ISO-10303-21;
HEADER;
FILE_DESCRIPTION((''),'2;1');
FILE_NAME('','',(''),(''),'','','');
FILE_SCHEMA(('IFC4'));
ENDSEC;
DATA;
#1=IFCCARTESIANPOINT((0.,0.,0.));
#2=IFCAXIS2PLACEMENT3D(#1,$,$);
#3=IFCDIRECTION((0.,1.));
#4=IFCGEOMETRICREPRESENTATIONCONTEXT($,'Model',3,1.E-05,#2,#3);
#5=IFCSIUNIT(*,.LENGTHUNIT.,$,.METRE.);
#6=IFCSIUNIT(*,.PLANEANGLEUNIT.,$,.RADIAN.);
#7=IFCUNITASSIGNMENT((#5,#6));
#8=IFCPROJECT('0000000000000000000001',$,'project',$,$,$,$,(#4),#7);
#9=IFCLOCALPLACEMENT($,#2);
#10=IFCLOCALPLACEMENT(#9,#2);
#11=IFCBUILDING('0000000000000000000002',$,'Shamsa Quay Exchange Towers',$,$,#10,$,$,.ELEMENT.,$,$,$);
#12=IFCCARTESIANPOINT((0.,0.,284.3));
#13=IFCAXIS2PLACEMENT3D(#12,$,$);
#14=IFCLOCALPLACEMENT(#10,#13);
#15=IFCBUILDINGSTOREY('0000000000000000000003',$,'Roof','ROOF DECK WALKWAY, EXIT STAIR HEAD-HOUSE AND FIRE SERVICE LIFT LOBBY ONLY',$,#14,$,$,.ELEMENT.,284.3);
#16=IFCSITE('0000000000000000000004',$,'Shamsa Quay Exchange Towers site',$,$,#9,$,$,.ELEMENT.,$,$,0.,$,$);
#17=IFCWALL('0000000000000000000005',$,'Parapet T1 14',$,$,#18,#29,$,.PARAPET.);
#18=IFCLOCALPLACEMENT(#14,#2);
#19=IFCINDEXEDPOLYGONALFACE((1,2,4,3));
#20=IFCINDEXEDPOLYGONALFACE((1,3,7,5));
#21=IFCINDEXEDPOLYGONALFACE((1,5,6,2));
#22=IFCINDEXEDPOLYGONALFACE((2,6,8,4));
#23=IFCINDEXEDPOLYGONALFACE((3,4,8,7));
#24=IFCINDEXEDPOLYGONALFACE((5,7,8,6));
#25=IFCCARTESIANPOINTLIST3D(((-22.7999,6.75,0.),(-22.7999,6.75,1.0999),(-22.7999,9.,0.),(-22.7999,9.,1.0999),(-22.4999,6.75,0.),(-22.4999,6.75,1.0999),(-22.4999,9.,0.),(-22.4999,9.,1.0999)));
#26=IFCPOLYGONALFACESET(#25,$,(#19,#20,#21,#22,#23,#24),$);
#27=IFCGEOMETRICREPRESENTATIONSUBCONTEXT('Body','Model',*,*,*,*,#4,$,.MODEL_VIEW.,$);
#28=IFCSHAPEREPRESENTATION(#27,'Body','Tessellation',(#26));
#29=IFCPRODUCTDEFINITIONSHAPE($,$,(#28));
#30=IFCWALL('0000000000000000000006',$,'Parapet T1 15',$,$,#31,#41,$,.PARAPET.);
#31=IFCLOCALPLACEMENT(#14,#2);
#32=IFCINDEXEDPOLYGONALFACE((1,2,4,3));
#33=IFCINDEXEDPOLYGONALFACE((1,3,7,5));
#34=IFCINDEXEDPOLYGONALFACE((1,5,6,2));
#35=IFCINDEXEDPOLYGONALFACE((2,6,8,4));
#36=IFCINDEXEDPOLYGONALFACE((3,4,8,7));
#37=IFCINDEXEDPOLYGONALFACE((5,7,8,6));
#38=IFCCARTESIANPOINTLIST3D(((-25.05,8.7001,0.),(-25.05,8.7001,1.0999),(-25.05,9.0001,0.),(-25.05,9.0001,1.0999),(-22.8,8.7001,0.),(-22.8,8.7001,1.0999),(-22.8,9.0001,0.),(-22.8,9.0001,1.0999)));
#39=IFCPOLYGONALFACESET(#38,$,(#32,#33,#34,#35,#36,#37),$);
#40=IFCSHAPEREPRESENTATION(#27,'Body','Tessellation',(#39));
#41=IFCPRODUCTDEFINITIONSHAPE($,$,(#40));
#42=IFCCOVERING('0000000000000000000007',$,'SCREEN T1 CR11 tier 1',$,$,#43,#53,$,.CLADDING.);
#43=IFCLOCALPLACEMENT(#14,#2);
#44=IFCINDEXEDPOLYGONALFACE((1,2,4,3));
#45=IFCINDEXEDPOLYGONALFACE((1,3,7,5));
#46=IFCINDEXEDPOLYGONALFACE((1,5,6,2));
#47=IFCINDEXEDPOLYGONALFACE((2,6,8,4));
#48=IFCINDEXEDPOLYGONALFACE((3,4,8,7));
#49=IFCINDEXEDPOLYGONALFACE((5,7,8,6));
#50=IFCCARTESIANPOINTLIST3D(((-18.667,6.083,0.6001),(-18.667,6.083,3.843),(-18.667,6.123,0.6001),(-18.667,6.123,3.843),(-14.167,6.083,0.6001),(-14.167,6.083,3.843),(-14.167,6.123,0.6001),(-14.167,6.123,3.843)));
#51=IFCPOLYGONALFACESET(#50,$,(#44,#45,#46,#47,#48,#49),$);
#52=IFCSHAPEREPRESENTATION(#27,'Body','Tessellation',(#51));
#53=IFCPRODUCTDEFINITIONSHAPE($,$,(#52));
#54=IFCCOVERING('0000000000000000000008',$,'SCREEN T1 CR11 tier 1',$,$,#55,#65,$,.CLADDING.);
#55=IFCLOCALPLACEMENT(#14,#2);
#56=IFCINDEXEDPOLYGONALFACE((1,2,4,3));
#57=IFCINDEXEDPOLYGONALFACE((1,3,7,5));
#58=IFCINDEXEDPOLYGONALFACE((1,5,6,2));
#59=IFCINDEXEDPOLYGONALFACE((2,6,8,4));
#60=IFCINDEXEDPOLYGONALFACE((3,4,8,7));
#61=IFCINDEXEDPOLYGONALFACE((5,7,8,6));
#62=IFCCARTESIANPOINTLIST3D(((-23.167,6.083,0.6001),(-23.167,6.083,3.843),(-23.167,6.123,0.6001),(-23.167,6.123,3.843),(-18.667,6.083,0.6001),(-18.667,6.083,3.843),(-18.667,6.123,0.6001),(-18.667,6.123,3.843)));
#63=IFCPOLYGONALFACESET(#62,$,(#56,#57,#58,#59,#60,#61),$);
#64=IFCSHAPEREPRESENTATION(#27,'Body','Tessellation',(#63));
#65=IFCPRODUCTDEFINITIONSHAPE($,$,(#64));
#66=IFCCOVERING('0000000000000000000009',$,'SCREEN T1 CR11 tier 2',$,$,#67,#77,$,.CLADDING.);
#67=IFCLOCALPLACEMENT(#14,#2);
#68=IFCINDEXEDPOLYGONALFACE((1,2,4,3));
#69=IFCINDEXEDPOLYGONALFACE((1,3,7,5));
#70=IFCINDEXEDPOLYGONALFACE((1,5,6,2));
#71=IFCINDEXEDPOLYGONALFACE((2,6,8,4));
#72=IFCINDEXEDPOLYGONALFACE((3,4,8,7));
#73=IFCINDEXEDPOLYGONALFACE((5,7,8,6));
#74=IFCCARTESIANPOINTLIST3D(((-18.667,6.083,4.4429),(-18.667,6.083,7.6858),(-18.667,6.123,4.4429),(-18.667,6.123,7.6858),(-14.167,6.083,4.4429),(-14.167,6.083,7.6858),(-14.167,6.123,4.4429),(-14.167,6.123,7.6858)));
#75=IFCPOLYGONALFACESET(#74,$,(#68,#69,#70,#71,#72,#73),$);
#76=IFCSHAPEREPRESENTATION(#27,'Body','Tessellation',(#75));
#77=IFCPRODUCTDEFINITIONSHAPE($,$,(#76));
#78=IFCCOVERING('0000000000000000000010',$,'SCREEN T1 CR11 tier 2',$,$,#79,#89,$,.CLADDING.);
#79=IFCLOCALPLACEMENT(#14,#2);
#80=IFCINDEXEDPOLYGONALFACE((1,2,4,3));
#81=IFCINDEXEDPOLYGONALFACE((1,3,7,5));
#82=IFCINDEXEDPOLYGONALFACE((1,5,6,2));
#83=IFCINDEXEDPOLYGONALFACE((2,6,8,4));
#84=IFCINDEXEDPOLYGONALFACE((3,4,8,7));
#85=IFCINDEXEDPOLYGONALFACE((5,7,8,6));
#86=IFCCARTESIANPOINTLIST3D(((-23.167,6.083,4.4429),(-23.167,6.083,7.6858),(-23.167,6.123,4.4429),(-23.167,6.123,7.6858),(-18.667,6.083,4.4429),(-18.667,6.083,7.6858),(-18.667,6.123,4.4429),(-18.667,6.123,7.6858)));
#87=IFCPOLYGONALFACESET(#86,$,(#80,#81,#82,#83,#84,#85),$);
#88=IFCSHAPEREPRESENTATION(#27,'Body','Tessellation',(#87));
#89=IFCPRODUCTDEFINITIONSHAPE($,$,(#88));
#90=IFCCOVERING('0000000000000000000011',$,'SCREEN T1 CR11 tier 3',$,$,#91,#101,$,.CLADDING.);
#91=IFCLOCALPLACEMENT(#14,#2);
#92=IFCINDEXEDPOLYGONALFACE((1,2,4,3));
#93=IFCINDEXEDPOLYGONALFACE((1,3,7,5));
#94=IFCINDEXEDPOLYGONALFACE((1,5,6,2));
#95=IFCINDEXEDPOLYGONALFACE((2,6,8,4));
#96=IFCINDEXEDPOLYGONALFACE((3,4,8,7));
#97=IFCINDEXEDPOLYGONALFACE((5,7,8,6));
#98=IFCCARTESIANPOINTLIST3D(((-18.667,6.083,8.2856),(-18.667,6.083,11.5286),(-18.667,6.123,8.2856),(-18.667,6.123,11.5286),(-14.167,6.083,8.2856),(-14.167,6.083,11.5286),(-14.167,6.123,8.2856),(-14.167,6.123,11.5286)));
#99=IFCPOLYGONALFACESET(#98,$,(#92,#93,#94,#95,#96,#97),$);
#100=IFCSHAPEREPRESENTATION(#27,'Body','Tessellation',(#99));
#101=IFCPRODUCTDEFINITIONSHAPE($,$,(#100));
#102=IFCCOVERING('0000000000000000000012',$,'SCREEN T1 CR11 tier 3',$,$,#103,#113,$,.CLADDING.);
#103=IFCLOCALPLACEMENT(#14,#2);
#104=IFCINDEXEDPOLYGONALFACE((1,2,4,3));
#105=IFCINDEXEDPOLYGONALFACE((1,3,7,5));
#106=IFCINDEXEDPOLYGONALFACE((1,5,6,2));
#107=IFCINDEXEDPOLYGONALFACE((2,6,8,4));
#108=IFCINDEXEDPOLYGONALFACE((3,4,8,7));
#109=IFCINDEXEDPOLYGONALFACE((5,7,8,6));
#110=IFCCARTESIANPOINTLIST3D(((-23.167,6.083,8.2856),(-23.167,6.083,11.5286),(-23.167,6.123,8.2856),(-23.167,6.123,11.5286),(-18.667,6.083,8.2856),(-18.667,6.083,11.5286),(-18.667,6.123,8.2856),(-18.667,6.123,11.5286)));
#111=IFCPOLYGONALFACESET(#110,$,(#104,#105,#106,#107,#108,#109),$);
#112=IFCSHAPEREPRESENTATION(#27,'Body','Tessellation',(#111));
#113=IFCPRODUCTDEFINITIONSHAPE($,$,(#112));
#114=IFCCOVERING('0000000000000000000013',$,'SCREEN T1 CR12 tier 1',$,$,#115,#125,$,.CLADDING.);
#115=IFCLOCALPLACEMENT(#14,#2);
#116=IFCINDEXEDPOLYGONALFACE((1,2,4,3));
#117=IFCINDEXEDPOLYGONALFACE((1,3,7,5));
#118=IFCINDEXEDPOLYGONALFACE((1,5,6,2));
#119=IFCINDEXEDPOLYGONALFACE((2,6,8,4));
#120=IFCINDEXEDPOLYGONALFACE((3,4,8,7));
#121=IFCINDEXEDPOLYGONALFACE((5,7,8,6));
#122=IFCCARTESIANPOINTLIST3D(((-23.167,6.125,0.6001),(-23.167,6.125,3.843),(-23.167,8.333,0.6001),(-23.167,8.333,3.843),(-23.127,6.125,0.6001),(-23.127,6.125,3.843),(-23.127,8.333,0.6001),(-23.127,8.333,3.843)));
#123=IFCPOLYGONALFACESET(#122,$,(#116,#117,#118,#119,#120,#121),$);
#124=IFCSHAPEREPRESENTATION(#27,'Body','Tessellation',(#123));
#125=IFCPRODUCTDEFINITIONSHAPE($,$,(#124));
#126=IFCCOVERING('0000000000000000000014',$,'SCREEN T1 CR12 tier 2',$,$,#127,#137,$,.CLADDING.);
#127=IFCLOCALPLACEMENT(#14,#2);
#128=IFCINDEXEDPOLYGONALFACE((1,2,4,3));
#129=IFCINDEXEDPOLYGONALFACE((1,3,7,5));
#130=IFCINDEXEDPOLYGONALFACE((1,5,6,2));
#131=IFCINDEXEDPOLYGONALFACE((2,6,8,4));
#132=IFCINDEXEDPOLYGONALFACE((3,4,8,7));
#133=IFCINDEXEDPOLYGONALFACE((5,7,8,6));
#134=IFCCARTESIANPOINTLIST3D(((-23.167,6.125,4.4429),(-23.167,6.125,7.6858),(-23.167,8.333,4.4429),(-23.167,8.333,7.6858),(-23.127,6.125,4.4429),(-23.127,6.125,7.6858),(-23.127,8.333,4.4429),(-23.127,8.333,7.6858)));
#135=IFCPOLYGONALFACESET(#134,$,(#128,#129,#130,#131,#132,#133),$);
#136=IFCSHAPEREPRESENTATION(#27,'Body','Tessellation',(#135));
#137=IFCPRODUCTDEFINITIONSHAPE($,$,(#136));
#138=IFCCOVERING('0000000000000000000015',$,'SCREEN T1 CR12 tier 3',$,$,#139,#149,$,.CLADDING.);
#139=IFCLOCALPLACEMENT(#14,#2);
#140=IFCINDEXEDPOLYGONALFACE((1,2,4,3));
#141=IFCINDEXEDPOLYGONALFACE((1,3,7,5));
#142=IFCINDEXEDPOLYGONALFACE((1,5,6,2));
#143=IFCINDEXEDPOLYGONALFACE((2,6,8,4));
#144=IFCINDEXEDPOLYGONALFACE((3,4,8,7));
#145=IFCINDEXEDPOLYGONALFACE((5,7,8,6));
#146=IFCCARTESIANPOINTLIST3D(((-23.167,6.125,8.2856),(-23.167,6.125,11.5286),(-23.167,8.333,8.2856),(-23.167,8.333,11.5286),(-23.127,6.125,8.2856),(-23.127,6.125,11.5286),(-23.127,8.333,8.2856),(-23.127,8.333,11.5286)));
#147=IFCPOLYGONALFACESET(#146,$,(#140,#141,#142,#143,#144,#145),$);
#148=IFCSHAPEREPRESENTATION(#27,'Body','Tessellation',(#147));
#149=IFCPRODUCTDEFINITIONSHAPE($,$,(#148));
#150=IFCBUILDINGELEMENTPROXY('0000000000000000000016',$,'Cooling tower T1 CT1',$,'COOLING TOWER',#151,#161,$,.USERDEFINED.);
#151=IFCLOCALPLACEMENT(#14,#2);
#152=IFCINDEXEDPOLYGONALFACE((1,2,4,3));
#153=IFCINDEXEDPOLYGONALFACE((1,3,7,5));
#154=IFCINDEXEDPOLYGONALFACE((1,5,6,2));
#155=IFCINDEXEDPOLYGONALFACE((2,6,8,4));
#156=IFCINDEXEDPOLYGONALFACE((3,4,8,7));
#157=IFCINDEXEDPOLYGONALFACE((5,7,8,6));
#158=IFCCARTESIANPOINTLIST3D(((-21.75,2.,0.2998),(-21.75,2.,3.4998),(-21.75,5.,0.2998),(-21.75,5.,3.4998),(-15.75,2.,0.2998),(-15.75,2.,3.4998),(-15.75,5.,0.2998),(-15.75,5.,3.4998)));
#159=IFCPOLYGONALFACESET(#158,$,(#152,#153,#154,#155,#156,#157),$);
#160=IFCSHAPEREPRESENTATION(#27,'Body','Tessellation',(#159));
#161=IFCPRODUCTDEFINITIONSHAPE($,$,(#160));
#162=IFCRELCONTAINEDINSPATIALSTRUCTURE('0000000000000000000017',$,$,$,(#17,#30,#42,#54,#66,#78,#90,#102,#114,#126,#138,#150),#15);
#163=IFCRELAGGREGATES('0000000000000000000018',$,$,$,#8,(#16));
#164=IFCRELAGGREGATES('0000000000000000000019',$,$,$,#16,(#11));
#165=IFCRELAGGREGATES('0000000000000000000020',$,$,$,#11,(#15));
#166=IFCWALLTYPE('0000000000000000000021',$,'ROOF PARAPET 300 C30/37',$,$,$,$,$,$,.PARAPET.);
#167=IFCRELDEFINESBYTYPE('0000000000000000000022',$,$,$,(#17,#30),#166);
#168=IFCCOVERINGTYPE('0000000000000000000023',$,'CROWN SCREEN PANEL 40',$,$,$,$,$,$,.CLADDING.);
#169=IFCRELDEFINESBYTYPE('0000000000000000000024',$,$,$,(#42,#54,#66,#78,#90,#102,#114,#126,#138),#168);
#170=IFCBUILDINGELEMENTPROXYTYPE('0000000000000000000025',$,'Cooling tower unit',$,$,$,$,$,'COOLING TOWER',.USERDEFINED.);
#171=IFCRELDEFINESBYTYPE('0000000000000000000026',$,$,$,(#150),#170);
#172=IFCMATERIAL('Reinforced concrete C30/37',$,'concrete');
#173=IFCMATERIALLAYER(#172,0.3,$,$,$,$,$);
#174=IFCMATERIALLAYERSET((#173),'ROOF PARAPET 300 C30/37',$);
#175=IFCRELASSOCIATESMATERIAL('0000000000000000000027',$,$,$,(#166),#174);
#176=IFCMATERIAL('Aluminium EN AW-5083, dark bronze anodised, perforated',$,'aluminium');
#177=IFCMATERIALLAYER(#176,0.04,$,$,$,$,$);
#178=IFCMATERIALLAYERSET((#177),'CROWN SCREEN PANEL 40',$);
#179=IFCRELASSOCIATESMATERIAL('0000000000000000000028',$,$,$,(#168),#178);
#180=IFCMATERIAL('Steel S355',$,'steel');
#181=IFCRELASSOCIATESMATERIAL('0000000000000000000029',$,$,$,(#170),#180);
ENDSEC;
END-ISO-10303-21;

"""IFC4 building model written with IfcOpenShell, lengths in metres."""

from ifc_helpers import new_model, si_unit, direction, frame, frame_2d, origin, origin_2d, place, context, subcontext, project, spatial, rectangle, extrude, material, layer, layer_set, type_object, element, save


model = new_model("IFC4")

# Units and contexts
model_context = context("Model", 3, precision=1e-05, world=origin(), true_north=direction((0.0, 1.0)))
body_context = subcontext(model_context, "Body", "Model", "MODEL_VIEW")
ifc_project = project(units=[si_unit("LENGTHUNIT", "METRE"), si_unit("PLANEANGLEUNIT", "RADIAN")], contexts=[model_context])

# Site, building, storey
site_placement = place(None, origin())
site = spatial("IfcSite", under=ifc_project, at=site_placement, Name="Shamsa Quay Exchange Towers site", CompositionType="ELEMENT", RefElevation=0.0)
building_placement = place(site_placement, origin())
building = spatial("IfcBuilding", under=site, at=building_placement, Name="Shamsa Quay Exchange Towers", CompositionType="ELEMENT")
storey_placement = place(building_placement, frame((0.0, 0.0, 284.3)))
storey = spatial("IfcBuildingStorey", under=building, at=storey_placement, Name="Roof", Description="ROOF DECK WALKWAY, EXIT STAIR HEAD-HOUSE AND FIRE SERVICE LIFT LOBBY ONLY", CompositionType="ELEMENT", Elevation=284.3)

# Shared definitions
ifc_material_1 = material(Name="Steel S355", Category="steel")

# Walls
ifc_material_2 = material(Name="Reinforced concrete C30/37", Category="concrete")
ifc_layer_1 = layer(ifc_material_2, 0.3)
ifc_layer_set_1 = layer_set([ifc_layer_1], Name="ROOF PARAPET 300 C30/37")
wall_type = type_object("IfcWallType", Name="ROOF PARAPET 300 C30/37", PredefinedType="PARAPET", material=ifc_layer_set_1)
for number, where, z_axis, x_axis, name in (
    (1, (-22.6499, 6.75, 0.0), (0.0, 0.0, 1.0), (0.0, 1.0, 0.0), "Parapet T1 14"),
    (2, (-22.8, 8.8501, 0.0), (0.0, 0.0, 1.0), (-1.0, 0.0, 0.0), "Parapet T1 15"),
):
    element("IfcWall", number, at=place(storey_placement, frame(where, z_axis=z_axis, x_axis=x_axis)), inside=storey, type_object=wall_type, Name=name, PredefinedType="PARAPET", context=body_context, shape_type="SweptSolid", body=[
        extrude(rectangle(XDim=2.25, YDim=0.3, at=frame_2d((1.125, 0.0))), origin(), (0.0, 0.0, 1.0), 1.0999),
    ])

# Coverings
ifc_material_3 = material(Name="Aluminium EN AW-5083, dark bronze anodised, perforated", Category="aluminium")
ifc_layer_2 = layer(ifc_material_3, 0.04)
ifc_layer_set_2 = layer_set([ifc_layer_2], Name="CROWN SCREEN PANEL 40")
covering_type = type_object("IfcCoveringType", Name="CROWN SCREEN PANEL 40", PredefinedType="CLADDING", material=ifc_layer_set_2)
for number, where, z_axis, x_axis, name in (
    (3, (-16.417, 6.103, 0.6001), (0.0, 0.0, 1.0), (-1.0, 0.0, 0.0), "SCREEN T1 CR11 tier 1"),
    (4, (-20.917, 6.103, 0.6001), (0.0, 0.0, 1.0), (-1.0, 0.0, 0.0), "SCREEN T1 CR11 tier 1"),
    (5, (-16.417, 6.103, 4.4429), (0.0, 0.0, 1.0), (-1.0, 0.0, 0.0), "SCREEN T1 CR11 tier 2"),
    (6, (-20.917, 6.103, 4.4429), (0.0, 0.0, 1.0), (-1.0, 0.0, 0.0), "SCREEN T1 CR11 tier 2"),
    (7, (-16.417, 6.103, 8.2856), (0.0, 0.0, 1.0), (-1.0, 0.0, 0.0), "SCREEN T1 CR11 tier 3"),
    (8, (-20.917, 6.103, 8.2856), (0.0, 0.0, 1.0), (-1.0, 0.0, 0.0), "SCREEN T1 CR11 tier 3"),
):
    element("IfcCovering", number, at=place(storey_placement, frame(where, z_axis=z_axis, x_axis=x_axis)), inside=storey, type_object=covering_type, Name=name, PredefinedType="CLADDING", context=body_context, shape_type="SweptSolid", body=[
        extrude(rectangle(XDim=4.5, YDim=0.04, at=origin_2d()), origin(), (0.0, 0.0, 1.0), 3.2429),
    ])
for number, where, z_axis, x_axis, name in (
    (9, (-23.147, 7.229, 0.6001), (0.0, 0.0, 1.0), (0.0, 1.0, 0.0), "SCREEN T1 CR12 tier 1"),
    (10, (-23.147, 7.229, 4.4429), (0.0, 0.0, 1.0), (0.0, 1.0, 0.0), "SCREEN T1 CR12 tier 2"),
    (11, (-23.147, 7.229, 8.2856), (0.0, 0.0, 1.0), (0.0, 1.0, 0.0), "SCREEN T1 CR12 tier 3"),
):
    element("IfcCovering", number, at=place(storey_placement, frame(where, z_axis=z_axis, x_axis=x_axis)), inside=storey, type_object=covering_type, Name=name, PredefinedType="CLADDING", context=body_context, shape_type="SweptSolid", body=[
        extrude(rectangle(XDim=2.208, YDim=0.04, at=origin_2d()), origin(), (0.0, 0.0, 1.0), 3.2429),
    ])

# Building element proxy
building_element_proxy_type = type_object("IfcBuildingElementProxyType", Name="Cooling tower unit", ElementType="COOLING TOWER", PredefinedType="USERDEFINED", material=ifc_material_1)
proxy_placement = place(storey_placement, frame((-18.75, 3.5, 0.2998)))
element("IfcBuildingElementProxy", 12, at=proxy_placement, inside=storey, type_object=building_element_proxy_type, Name="Cooling tower T1 CT1", ObjectType="COOLING TOWER", PredefinedType="USERDEFINED", context=body_context, shape_type="SweptSolid", body=[
    extrude(rectangle(XDim=6.0, YDim=3.0, at=origin_2d()), origin(), (0.0, 0.0, 1.0), 3.2),
])

save(model, "model.ifc")
